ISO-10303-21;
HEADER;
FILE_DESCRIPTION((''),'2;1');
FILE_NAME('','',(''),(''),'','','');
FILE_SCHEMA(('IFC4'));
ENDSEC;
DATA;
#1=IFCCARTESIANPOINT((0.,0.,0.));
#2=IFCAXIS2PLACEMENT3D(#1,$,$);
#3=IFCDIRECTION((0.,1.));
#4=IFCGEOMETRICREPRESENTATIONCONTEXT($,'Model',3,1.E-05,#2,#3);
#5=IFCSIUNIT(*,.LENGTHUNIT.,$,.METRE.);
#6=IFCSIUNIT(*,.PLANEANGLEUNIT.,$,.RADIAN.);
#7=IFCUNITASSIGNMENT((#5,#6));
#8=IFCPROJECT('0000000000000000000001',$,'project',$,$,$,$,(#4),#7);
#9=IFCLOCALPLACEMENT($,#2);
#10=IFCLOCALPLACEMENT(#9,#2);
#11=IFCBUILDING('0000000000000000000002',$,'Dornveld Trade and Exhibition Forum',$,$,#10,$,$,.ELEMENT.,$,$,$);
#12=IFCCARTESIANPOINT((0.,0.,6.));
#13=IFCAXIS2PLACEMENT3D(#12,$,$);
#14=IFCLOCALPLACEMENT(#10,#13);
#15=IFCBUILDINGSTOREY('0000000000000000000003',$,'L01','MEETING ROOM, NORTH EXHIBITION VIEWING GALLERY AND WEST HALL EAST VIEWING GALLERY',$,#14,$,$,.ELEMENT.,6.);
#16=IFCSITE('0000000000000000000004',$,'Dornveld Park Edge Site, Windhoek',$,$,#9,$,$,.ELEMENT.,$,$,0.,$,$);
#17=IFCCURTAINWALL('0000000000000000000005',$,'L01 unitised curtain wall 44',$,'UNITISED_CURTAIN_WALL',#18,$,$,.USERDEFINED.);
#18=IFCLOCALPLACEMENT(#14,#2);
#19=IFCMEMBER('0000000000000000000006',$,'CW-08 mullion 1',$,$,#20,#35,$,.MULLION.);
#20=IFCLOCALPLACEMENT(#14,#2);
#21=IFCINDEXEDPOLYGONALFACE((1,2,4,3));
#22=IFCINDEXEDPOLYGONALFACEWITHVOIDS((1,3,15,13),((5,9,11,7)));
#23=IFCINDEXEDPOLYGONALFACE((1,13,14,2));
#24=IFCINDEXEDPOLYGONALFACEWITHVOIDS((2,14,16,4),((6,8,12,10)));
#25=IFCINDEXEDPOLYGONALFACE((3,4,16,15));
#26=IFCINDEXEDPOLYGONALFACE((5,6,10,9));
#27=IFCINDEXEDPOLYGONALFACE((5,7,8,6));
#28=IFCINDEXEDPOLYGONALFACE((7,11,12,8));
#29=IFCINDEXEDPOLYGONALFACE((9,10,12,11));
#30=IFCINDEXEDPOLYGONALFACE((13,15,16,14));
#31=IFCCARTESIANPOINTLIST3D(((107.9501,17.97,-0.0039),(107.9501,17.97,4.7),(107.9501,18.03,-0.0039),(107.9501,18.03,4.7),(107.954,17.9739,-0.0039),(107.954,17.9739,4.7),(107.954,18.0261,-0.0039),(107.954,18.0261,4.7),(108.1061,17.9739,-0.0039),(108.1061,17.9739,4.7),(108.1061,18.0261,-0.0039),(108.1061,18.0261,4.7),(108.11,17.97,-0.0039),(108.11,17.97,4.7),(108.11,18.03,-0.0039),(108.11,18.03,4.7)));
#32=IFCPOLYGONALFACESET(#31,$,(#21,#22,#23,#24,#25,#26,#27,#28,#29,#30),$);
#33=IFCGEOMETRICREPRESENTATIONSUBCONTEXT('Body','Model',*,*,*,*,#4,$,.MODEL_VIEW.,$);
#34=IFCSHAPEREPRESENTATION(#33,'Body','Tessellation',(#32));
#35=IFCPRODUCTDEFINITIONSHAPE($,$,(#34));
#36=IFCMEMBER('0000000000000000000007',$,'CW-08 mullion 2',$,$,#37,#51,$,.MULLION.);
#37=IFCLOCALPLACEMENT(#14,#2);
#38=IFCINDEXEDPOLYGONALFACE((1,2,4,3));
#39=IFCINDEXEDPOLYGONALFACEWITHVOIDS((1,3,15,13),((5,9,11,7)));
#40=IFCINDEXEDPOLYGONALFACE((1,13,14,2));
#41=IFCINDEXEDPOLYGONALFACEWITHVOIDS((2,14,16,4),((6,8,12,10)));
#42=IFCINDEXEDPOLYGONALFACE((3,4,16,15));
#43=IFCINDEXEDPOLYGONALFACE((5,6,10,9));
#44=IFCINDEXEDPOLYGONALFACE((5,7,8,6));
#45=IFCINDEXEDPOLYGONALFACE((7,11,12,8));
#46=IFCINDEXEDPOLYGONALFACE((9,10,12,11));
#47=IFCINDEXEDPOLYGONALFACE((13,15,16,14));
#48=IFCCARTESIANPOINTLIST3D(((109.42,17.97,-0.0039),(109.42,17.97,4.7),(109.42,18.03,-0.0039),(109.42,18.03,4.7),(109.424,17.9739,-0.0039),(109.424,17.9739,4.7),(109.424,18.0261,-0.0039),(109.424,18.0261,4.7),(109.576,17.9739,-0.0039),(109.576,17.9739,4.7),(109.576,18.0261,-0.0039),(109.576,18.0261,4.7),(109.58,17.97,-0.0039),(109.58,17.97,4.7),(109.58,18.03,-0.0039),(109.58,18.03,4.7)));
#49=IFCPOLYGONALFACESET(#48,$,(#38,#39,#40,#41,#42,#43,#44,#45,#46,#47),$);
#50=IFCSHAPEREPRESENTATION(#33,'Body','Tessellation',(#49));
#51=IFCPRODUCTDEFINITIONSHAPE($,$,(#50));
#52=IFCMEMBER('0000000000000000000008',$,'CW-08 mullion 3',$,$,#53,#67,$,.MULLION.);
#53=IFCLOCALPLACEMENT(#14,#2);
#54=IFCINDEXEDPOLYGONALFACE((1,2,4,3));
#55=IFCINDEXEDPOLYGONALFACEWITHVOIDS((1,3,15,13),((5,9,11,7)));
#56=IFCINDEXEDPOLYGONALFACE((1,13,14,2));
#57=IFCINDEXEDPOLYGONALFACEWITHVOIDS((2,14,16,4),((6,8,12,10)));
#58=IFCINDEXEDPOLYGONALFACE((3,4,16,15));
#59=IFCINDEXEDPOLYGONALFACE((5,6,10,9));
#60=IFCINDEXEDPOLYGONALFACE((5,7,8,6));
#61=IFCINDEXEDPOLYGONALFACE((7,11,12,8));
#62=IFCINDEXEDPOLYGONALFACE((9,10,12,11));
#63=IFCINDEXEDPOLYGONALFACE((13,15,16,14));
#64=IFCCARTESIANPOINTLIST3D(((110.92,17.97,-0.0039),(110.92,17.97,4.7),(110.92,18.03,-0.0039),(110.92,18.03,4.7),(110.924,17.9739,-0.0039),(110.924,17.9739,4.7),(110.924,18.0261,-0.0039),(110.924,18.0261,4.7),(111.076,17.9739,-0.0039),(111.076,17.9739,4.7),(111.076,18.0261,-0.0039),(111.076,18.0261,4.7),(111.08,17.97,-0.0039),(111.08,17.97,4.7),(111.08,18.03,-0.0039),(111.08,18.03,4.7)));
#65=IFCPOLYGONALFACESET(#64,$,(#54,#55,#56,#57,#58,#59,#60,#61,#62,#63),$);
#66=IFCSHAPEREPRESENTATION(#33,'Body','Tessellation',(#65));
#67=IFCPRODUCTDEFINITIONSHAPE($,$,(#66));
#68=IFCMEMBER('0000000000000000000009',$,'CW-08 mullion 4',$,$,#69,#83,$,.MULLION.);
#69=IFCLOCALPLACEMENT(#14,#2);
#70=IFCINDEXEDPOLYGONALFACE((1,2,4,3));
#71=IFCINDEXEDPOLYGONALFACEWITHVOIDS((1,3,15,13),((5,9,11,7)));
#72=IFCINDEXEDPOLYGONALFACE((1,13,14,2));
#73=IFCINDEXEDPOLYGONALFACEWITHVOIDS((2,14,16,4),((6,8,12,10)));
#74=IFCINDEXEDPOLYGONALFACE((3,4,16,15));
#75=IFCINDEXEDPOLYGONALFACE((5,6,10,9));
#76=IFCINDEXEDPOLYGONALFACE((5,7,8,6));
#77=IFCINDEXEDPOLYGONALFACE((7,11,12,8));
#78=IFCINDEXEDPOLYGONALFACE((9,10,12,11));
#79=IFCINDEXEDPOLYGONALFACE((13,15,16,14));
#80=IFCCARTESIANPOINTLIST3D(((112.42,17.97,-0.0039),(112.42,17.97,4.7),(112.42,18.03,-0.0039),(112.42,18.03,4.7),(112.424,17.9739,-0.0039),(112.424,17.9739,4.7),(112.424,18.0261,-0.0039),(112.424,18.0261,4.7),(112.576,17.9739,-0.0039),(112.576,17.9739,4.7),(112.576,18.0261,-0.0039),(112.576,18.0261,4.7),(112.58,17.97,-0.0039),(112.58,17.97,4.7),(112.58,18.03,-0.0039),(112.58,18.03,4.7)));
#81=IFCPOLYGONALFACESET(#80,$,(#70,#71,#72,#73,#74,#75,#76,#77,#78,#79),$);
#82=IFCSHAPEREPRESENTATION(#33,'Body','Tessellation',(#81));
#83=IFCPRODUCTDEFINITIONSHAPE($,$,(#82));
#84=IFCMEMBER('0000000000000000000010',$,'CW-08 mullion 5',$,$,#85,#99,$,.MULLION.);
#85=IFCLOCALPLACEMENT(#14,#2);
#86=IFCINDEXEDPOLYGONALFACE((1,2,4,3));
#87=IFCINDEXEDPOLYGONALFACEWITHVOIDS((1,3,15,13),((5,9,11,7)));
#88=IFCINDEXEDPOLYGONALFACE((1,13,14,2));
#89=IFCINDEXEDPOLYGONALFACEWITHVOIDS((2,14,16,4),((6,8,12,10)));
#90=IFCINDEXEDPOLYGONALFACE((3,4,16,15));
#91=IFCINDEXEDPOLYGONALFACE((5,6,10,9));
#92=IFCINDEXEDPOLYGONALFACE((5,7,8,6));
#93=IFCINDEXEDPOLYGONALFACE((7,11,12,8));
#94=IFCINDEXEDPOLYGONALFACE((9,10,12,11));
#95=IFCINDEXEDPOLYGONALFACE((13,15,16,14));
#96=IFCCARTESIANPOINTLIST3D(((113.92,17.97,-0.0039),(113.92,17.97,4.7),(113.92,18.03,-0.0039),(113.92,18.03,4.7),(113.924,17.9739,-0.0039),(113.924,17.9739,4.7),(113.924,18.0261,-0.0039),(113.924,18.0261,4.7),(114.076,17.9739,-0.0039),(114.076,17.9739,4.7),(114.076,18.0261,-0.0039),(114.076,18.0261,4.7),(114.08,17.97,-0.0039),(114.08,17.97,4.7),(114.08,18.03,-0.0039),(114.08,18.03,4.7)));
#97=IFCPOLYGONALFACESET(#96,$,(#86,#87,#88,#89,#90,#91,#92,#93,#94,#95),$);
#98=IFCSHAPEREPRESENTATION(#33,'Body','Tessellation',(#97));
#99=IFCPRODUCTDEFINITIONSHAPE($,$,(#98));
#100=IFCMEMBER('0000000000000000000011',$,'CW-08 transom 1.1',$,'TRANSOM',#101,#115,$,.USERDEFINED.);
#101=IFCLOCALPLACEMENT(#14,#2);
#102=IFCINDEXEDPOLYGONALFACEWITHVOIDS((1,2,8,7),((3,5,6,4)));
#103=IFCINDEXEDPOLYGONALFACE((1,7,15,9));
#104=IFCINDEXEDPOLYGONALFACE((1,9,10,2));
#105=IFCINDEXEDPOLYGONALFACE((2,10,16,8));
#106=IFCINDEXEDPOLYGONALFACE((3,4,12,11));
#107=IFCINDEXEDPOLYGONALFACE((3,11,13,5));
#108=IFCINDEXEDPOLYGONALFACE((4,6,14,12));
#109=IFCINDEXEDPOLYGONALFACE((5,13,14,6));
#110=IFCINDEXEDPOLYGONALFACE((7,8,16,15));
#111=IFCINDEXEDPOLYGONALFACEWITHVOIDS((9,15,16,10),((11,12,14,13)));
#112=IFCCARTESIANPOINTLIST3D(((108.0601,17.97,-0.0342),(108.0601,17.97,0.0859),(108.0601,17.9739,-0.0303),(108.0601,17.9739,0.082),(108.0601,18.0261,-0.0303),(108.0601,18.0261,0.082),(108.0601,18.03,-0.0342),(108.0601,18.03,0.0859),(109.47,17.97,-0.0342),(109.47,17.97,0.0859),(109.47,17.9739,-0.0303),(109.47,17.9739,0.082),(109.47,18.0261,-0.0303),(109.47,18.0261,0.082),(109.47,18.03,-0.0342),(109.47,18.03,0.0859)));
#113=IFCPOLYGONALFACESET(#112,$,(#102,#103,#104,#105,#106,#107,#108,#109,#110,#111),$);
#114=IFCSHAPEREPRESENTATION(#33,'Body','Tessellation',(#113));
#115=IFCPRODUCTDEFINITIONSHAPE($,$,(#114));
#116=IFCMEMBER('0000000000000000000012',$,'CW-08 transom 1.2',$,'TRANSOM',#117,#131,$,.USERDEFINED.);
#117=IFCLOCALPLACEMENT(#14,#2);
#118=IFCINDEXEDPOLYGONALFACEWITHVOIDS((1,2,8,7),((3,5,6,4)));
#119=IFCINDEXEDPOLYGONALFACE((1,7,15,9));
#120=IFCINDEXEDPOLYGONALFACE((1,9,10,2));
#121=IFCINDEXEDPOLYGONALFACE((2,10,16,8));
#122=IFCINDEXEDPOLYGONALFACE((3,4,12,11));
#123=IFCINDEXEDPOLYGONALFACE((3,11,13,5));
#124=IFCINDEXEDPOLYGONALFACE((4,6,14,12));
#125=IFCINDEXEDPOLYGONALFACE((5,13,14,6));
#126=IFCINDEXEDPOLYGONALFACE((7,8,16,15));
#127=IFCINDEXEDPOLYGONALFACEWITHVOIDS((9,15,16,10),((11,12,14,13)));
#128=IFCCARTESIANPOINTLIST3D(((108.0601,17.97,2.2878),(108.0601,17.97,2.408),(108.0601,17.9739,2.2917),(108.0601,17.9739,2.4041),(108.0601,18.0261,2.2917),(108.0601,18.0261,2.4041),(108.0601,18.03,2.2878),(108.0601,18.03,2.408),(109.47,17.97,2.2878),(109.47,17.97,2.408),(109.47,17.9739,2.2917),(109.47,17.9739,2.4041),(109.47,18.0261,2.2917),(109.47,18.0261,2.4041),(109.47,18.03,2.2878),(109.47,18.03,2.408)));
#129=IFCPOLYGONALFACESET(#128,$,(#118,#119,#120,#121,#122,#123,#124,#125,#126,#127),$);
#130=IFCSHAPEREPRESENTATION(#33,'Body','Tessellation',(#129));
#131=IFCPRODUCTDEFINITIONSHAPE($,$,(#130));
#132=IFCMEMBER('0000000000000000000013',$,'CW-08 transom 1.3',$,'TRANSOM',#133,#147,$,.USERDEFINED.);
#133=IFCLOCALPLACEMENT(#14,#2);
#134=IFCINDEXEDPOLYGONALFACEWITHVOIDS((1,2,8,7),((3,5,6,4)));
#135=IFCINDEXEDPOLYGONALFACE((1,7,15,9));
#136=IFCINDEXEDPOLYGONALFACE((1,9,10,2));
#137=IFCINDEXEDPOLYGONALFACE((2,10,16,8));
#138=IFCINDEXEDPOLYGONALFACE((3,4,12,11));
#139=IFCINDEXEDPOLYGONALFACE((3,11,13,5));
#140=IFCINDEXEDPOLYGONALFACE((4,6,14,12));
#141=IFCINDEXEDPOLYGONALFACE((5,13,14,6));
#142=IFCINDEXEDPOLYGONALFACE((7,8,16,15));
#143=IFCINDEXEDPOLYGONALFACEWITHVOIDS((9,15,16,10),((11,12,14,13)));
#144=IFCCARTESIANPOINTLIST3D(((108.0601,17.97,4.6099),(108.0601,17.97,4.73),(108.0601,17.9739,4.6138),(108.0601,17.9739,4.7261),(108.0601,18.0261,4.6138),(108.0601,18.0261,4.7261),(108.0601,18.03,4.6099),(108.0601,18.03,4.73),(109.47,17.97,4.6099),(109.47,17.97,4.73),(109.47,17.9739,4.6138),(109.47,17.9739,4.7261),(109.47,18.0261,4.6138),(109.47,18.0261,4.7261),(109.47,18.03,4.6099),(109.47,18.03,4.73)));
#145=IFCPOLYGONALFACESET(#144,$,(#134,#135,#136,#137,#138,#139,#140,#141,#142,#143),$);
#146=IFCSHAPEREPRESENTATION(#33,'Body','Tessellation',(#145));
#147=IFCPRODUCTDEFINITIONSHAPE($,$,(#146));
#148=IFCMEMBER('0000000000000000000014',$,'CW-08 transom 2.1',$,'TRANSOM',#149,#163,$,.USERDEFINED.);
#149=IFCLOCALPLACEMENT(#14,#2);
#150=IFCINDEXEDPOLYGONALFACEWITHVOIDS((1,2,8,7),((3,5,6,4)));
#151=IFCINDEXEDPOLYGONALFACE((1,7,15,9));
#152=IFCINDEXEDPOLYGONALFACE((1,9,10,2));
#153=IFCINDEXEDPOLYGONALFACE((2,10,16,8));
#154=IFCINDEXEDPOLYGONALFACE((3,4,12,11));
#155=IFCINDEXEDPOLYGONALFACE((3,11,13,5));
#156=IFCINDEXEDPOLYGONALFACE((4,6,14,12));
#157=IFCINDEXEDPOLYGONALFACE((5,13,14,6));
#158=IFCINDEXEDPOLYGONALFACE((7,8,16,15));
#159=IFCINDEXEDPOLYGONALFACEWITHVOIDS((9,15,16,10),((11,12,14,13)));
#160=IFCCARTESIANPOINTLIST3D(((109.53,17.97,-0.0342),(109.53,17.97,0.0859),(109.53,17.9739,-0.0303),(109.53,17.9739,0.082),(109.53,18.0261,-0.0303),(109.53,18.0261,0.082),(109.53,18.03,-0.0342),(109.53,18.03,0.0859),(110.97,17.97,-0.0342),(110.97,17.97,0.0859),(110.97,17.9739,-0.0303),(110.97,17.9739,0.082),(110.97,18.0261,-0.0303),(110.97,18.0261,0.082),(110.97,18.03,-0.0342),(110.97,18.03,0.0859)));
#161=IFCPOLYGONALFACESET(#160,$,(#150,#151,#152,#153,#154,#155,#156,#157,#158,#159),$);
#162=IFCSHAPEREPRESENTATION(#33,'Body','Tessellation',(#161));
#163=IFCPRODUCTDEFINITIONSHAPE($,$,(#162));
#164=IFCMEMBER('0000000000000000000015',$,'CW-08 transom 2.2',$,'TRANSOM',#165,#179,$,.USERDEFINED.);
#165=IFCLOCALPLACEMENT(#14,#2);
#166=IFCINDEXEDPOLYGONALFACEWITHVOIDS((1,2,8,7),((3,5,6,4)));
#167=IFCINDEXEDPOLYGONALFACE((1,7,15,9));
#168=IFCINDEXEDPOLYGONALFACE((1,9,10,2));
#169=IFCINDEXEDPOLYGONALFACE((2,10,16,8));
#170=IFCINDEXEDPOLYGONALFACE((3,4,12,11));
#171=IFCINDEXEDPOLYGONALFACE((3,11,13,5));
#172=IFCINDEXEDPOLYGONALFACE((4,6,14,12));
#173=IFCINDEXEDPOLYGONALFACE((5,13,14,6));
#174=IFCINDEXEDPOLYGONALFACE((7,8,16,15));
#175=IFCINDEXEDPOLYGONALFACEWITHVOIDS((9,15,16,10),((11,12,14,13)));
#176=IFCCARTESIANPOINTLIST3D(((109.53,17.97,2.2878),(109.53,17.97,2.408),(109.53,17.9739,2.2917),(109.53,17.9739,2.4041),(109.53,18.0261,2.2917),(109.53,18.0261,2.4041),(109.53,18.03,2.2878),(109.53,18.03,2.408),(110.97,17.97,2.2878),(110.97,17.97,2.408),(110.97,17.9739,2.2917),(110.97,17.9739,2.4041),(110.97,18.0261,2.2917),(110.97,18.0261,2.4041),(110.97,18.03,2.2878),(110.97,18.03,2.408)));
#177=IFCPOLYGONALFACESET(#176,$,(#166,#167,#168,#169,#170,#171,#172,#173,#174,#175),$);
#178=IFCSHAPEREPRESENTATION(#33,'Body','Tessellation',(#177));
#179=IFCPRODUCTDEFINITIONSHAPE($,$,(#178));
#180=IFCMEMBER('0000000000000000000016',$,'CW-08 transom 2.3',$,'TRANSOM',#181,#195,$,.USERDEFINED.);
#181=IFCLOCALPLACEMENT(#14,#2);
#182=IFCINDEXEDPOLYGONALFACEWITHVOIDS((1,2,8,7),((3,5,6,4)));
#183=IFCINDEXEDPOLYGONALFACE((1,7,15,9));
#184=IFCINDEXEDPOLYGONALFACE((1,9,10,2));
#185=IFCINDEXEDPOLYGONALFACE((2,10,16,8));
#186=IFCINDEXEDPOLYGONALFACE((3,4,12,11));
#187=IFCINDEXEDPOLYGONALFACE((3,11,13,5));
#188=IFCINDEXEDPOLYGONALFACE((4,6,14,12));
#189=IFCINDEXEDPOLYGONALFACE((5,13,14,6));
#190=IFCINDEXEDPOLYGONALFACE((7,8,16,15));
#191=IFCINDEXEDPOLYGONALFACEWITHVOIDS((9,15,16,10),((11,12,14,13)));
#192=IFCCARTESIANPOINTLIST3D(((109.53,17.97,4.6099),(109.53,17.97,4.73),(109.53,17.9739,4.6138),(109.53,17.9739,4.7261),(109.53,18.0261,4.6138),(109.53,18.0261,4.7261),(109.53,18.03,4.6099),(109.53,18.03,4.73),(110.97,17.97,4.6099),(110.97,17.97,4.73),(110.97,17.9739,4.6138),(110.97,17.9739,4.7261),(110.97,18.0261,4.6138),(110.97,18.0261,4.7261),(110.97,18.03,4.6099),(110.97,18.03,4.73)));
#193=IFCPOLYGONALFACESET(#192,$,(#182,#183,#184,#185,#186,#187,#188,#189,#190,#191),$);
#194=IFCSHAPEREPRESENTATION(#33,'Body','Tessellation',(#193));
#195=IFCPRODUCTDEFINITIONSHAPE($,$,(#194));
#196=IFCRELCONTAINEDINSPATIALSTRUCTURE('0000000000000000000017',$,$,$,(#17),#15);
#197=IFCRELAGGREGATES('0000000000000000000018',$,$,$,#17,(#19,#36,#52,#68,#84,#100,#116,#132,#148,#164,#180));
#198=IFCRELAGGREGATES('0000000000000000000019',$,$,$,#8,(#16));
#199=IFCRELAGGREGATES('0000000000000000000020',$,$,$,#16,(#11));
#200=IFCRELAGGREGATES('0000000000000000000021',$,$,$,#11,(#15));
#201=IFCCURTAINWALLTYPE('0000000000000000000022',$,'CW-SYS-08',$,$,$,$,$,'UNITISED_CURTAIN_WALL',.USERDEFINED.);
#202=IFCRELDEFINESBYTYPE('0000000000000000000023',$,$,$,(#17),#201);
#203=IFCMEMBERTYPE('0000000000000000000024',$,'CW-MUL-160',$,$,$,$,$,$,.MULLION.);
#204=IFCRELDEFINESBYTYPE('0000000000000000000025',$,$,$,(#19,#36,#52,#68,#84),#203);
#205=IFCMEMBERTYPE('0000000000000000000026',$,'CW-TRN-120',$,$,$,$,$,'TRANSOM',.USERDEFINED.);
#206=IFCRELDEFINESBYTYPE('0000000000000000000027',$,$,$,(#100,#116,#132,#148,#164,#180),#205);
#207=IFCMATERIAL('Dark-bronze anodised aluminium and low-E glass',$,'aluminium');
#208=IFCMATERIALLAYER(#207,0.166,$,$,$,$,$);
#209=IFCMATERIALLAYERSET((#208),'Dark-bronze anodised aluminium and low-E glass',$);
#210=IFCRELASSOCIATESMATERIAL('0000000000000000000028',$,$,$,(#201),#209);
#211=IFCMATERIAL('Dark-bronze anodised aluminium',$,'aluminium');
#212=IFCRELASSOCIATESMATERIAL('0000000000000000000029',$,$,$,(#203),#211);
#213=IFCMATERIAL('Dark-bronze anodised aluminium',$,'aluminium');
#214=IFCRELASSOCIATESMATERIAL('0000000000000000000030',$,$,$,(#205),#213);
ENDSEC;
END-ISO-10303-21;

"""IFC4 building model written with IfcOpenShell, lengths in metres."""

from ifc_helpers import new_model, si_unit, direction, frame, origin, origin_2d, place, context, subcontext, project, spatial, hollow_rectangle, extrude, material, layer, layer_set, material_profile, profile_set, type_object, element, aggregate, save


model = new_model("IFC4")

# Units and contexts
model_context = context("Model", 3, precision=1e-05, world=origin(), true_north=direction((0.0, 1.0)))
body_context = subcontext(model_context, "Body", "Model", "MODEL_VIEW")
ifc_project = project(units=[si_unit("LENGTHUNIT", "METRE"), si_unit("PLANEANGLEUNIT", "RADIAN")], contexts=[model_context])

# Site, building, storey
site_placement = place(None, origin())
site = spatial("IfcSite", under=ifc_project, at=site_placement, Name="Dornveld Park Edge Site, Windhoek", CompositionType="ELEMENT", RefElevation=0.0)
building_placement = place(site_placement, origin())
building = spatial("IfcBuilding", under=site, at=building_placement, Name="Dornveld Trade and Exhibition Forum", CompositionType="ELEMENT")
storey_placement = place(building_placement, frame((0.0, 0.0, 6.0)))
storey = spatial("IfcBuildingStorey", under=building, at=storey_placement, Name="L01", Description="MEETING ROOM, NORTH EXHIBITION VIEWING GALLERY AND WEST HALL EAST VIEWING GALLERY", CompositionType="ELEMENT", Elevation=6.0)

# Curtain wall, members
ifc_material_1 = material(Name="Dark-bronze anodised aluminium and low-E glass", Category="aluminium")
ifc_layer_1 = layer(ifc_material_1, 0.166)
ifc_layer_set_1 = layer_set([ifc_layer_1], Name="Dark-bronze anodised aluminium and low-E glass")
curtain_wall_type = type_object("IfcCurtainWallType", Name="CW-SYS-08", ElementType="UNITISED_CURTAIN_WALL", PredefinedType="USERDEFINED", material=ifc_layer_set_1)
curtain_wall_placement = place(storey_placement, origin())
curtain_wall = element("IfcCurtainWall", 1, at=curtain_wall_placement, inside=storey, type_object=curtain_wall_type, Name="L01 unitised curtain wall 44", ObjectType="UNITISED_CURTAIN_WALL", PredefinedType="USERDEFINED")
ifc_material_2 = material(Name="Dark-bronze anodised aluminium", Category="aluminium")
ifc_material_profile_1 = material_profile(ifc_material_2, hollow_rectangle(XDim=0.0601, YDim=0.1599, WallThickness=0.0039, at=origin_2d()), Name="RHS 160x60x4")
ifc_profile_set_1 = profile_set([ifc_material_profile_1], Name="Dark-bronze anodised aluminium")
member_type_1 = type_object("IfcMemberType", Name="CW-MUL-160", PredefinedType="MULLION", material=ifc_profile_set_1)
member_1_placement = place(storey_placement, frame((108.03, 18.0, -0.0039), z_axis=(0.0, 0.0, 1.0), x_axis=(0.0, 1.0, 0.0)))
member_1 = element("IfcMember", 2, at=member_1_placement, type_object=member_type_1, Name="CW-08 mullion 1", PredefinedType="MULLION", context=body_context, shape_type="SweptSolid", body=[
    extrude(hollow_rectangle(XDim=0.0601, YDim=0.1599, WallThickness=0.0039, at=origin_2d()), origin(), (0.0, 0.0, 1.0), 4.7039),
])
member_2_placement = place(storey_placement, frame((109.5, 18.0, -0.0039), z_axis=(0.0, 0.0, 1.0), x_axis=(0.0, 1.0, 0.0)))
member_2 = element("IfcMember", 3, at=member_2_placement, type_object=member_type_1, Name="CW-08 mullion 2", PredefinedType="MULLION", context=body_context, shape_type="SweptSolid", body=[
    extrude(hollow_rectangle(XDim=0.0601, YDim=0.1599, WallThickness=0.0039, at=origin_2d()), origin(), (0.0, 0.0, 1.0), 4.7039),
])
member_3_placement = place(storey_placement, frame((111.0, 18.0, -0.0039), z_axis=(0.0, 0.0, 1.0), x_axis=(0.0, 1.0, 0.0)))
member_3 = element("IfcMember", 4, at=member_3_placement, type_object=member_type_1, Name="CW-08 mullion 3", PredefinedType="MULLION", context=body_context, shape_type="SweptSolid", body=[
    extrude(hollow_rectangle(XDim=0.0601, YDim=0.1599, WallThickness=0.0039, at=origin_2d()), origin(), (0.0, 0.0, 1.0), 4.7039),
])
member_4_placement = place(storey_placement, frame((112.5, 18.0, -0.0039), z_axis=(0.0, 0.0, 1.0), x_axis=(0.0, 1.0, 0.0)))
member_4 = element("IfcMember", 5, at=member_4_placement, type_object=member_type_1, Name="CW-08 mullion 4", PredefinedType="MULLION", context=body_context, shape_type="SweptSolid", body=[
    extrude(hollow_rectangle(XDim=0.0601, YDim=0.1599, WallThickness=0.0039, at=origin_2d()), origin(), (0.0, 0.0, 1.0), 4.7039),
])
member_5_placement = place(storey_placement, frame((114.0, 18.0, -0.0039), z_axis=(0.0, 0.0, 1.0), x_axis=(0.0, 1.0, 0.0)))
member_5 = element("IfcMember", 6, at=member_5_placement, type_object=member_type_1, Name="CW-08 mullion 5", PredefinedType="MULLION", context=body_context, shape_type="SweptSolid", body=[
    extrude(hollow_rectangle(XDim=0.0601, YDim=0.1599, WallThickness=0.0039, at=origin_2d()), origin(), (0.0, 0.0, 1.0), 4.7039),
])
ifc_material_3 = material(Name="Dark-bronze anodised aluminium", Category="aluminium")
ifc_material_profile_2 = material_profile(ifc_material_3, hollow_rectangle(XDim=0.0601, YDim=0.1201, WallThickness=0.0039, at=origin_2d()), Name="RHS 120x60x4")
ifc_profile_set_2 = profile_set([ifc_material_profile_2], Name="Dark-bronze anodised aluminium")
member_type_2 = type_object("IfcMemberType", Name="CW-TRN-120", ElementType="TRANSOM", PredefinedType="USERDEFINED", material=ifc_profile_set_2)
member_6_placement = place(storey_placement, frame((108.0601, 18.0, 0.0259), z_axis=(1.0, 0.0, 0.0), x_axis=(0.0, 1.0, 0.0)))
member_6 = element("IfcMember", 7, at=member_6_placement, type_object=member_type_2, Name="CW-08 transom 1.1", ObjectType="TRANSOM", PredefinedType="USERDEFINED", context=body_context, shape_type="SweptSolid", body=[
    extrude(hollow_rectangle(XDim=0.0601, YDim=0.1201, WallThickness=0.0039, at=origin_2d()), origin(), (0.0, 0.0, 1.0), 1.4099),
])
member_7_placement = place(storey_placement, frame((108.0601, 18.0, 2.3479), z_axis=(1.0, 0.0, 0.0), x_axis=(0.0, 1.0, 0.0)))
member_7 = element("IfcMember", 8, at=member_7_placement, type_object=member_type_2, Name="CW-08 transom 1.2", ObjectType="TRANSOM", PredefinedType="USERDEFINED", context=body_context, shape_type="SweptSolid", body=[
    extrude(hollow_rectangle(XDim=0.0601, YDim=0.1201, WallThickness=0.0039, at=origin_2d()), origin(), (0.0, 0.0, 1.0), 1.4099),
])
member_8_placement = place(storey_placement, frame((108.0601, 18.0, 4.6699), z_axis=(1.0, 0.0, 0.0), x_axis=(0.0, 1.0, 0.0)))
member_8 = element("IfcMember", 9, at=member_8_placement, type_object=member_type_2, Name="CW-08 transom 1.3", ObjectType="TRANSOM", PredefinedType="USERDEFINED", context=body_context, shape_type="SweptSolid", body=[
    extrude(hollow_rectangle(XDim=0.0601, YDim=0.1201, WallThickness=0.0039, at=origin_2d()), origin(), (0.0, 0.0, 1.0), 1.4099),
])
member_9_placement = place(storey_placement, frame((109.53, 18.0, 0.0259), z_axis=(1.0, 0.0, 0.0), x_axis=(0.0, 1.0, 0.0)))
member_9 = element("IfcMember", 10, at=member_9_placement, type_object=member_type_2, Name="CW-08 transom 2.1", ObjectType="TRANSOM", PredefinedType="USERDEFINED", context=body_context, shape_type="SweptSolid", body=[
    extrude(hollow_rectangle(XDim=0.0601, YDim=0.1201, WallThickness=0.0039, at=origin_2d()), origin(), (0.0, 0.0, 1.0), 1.4399),
])
member_10_placement = place(storey_placement, frame((109.53, 18.0, 2.3479), z_axis=(1.0, 0.0, 0.0), x_axis=(0.0, 1.0, 0.0)))
member_10 = element("IfcMember", 11, at=member_10_placement, type_object=member_type_2, Name="CW-08 transom 2.2", ObjectType="TRANSOM", PredefinedType="USERDEFINED", context=body_context, shape_type="SweptSolid", body=[
    extrude(hollow_rectangle(XDim=0.0601, YDim=0.1201, WallThickness=0.0039, at=origin_2d()), origin(), (0.0, 0.0, 1.0), 1.4399),
])
member_11_placement = place(storey_placement, frame((109.53, 18.0, 4.6699), z_axis=(1.0, 0.0, 0.0), x_axis=(0.0, 1.0, 0.0)))
member_11 = element("IfcMember", 12, at=member_11_placement, type_object=member_type_2, Name="CW-08 transom 2.3", ObjectType="TRANSOM", PredefinedType="USERDEFINED", context=body_context, shape_type="SweptSolid", body=[
    extrude(hollow_rectangle(XDim=0.0601, YDim=0.1201, WallThickness=0.0039, at=origin_2d()), origin(), (0.0, 0.0, 1.0), 1.4399),
])
aggregate(curtain_wall, [member_1, member_2, member_3, member_4, member_5, member_6, member_7, member_8, member_9, member_10, member_11])

save(model, "model.ifc")
